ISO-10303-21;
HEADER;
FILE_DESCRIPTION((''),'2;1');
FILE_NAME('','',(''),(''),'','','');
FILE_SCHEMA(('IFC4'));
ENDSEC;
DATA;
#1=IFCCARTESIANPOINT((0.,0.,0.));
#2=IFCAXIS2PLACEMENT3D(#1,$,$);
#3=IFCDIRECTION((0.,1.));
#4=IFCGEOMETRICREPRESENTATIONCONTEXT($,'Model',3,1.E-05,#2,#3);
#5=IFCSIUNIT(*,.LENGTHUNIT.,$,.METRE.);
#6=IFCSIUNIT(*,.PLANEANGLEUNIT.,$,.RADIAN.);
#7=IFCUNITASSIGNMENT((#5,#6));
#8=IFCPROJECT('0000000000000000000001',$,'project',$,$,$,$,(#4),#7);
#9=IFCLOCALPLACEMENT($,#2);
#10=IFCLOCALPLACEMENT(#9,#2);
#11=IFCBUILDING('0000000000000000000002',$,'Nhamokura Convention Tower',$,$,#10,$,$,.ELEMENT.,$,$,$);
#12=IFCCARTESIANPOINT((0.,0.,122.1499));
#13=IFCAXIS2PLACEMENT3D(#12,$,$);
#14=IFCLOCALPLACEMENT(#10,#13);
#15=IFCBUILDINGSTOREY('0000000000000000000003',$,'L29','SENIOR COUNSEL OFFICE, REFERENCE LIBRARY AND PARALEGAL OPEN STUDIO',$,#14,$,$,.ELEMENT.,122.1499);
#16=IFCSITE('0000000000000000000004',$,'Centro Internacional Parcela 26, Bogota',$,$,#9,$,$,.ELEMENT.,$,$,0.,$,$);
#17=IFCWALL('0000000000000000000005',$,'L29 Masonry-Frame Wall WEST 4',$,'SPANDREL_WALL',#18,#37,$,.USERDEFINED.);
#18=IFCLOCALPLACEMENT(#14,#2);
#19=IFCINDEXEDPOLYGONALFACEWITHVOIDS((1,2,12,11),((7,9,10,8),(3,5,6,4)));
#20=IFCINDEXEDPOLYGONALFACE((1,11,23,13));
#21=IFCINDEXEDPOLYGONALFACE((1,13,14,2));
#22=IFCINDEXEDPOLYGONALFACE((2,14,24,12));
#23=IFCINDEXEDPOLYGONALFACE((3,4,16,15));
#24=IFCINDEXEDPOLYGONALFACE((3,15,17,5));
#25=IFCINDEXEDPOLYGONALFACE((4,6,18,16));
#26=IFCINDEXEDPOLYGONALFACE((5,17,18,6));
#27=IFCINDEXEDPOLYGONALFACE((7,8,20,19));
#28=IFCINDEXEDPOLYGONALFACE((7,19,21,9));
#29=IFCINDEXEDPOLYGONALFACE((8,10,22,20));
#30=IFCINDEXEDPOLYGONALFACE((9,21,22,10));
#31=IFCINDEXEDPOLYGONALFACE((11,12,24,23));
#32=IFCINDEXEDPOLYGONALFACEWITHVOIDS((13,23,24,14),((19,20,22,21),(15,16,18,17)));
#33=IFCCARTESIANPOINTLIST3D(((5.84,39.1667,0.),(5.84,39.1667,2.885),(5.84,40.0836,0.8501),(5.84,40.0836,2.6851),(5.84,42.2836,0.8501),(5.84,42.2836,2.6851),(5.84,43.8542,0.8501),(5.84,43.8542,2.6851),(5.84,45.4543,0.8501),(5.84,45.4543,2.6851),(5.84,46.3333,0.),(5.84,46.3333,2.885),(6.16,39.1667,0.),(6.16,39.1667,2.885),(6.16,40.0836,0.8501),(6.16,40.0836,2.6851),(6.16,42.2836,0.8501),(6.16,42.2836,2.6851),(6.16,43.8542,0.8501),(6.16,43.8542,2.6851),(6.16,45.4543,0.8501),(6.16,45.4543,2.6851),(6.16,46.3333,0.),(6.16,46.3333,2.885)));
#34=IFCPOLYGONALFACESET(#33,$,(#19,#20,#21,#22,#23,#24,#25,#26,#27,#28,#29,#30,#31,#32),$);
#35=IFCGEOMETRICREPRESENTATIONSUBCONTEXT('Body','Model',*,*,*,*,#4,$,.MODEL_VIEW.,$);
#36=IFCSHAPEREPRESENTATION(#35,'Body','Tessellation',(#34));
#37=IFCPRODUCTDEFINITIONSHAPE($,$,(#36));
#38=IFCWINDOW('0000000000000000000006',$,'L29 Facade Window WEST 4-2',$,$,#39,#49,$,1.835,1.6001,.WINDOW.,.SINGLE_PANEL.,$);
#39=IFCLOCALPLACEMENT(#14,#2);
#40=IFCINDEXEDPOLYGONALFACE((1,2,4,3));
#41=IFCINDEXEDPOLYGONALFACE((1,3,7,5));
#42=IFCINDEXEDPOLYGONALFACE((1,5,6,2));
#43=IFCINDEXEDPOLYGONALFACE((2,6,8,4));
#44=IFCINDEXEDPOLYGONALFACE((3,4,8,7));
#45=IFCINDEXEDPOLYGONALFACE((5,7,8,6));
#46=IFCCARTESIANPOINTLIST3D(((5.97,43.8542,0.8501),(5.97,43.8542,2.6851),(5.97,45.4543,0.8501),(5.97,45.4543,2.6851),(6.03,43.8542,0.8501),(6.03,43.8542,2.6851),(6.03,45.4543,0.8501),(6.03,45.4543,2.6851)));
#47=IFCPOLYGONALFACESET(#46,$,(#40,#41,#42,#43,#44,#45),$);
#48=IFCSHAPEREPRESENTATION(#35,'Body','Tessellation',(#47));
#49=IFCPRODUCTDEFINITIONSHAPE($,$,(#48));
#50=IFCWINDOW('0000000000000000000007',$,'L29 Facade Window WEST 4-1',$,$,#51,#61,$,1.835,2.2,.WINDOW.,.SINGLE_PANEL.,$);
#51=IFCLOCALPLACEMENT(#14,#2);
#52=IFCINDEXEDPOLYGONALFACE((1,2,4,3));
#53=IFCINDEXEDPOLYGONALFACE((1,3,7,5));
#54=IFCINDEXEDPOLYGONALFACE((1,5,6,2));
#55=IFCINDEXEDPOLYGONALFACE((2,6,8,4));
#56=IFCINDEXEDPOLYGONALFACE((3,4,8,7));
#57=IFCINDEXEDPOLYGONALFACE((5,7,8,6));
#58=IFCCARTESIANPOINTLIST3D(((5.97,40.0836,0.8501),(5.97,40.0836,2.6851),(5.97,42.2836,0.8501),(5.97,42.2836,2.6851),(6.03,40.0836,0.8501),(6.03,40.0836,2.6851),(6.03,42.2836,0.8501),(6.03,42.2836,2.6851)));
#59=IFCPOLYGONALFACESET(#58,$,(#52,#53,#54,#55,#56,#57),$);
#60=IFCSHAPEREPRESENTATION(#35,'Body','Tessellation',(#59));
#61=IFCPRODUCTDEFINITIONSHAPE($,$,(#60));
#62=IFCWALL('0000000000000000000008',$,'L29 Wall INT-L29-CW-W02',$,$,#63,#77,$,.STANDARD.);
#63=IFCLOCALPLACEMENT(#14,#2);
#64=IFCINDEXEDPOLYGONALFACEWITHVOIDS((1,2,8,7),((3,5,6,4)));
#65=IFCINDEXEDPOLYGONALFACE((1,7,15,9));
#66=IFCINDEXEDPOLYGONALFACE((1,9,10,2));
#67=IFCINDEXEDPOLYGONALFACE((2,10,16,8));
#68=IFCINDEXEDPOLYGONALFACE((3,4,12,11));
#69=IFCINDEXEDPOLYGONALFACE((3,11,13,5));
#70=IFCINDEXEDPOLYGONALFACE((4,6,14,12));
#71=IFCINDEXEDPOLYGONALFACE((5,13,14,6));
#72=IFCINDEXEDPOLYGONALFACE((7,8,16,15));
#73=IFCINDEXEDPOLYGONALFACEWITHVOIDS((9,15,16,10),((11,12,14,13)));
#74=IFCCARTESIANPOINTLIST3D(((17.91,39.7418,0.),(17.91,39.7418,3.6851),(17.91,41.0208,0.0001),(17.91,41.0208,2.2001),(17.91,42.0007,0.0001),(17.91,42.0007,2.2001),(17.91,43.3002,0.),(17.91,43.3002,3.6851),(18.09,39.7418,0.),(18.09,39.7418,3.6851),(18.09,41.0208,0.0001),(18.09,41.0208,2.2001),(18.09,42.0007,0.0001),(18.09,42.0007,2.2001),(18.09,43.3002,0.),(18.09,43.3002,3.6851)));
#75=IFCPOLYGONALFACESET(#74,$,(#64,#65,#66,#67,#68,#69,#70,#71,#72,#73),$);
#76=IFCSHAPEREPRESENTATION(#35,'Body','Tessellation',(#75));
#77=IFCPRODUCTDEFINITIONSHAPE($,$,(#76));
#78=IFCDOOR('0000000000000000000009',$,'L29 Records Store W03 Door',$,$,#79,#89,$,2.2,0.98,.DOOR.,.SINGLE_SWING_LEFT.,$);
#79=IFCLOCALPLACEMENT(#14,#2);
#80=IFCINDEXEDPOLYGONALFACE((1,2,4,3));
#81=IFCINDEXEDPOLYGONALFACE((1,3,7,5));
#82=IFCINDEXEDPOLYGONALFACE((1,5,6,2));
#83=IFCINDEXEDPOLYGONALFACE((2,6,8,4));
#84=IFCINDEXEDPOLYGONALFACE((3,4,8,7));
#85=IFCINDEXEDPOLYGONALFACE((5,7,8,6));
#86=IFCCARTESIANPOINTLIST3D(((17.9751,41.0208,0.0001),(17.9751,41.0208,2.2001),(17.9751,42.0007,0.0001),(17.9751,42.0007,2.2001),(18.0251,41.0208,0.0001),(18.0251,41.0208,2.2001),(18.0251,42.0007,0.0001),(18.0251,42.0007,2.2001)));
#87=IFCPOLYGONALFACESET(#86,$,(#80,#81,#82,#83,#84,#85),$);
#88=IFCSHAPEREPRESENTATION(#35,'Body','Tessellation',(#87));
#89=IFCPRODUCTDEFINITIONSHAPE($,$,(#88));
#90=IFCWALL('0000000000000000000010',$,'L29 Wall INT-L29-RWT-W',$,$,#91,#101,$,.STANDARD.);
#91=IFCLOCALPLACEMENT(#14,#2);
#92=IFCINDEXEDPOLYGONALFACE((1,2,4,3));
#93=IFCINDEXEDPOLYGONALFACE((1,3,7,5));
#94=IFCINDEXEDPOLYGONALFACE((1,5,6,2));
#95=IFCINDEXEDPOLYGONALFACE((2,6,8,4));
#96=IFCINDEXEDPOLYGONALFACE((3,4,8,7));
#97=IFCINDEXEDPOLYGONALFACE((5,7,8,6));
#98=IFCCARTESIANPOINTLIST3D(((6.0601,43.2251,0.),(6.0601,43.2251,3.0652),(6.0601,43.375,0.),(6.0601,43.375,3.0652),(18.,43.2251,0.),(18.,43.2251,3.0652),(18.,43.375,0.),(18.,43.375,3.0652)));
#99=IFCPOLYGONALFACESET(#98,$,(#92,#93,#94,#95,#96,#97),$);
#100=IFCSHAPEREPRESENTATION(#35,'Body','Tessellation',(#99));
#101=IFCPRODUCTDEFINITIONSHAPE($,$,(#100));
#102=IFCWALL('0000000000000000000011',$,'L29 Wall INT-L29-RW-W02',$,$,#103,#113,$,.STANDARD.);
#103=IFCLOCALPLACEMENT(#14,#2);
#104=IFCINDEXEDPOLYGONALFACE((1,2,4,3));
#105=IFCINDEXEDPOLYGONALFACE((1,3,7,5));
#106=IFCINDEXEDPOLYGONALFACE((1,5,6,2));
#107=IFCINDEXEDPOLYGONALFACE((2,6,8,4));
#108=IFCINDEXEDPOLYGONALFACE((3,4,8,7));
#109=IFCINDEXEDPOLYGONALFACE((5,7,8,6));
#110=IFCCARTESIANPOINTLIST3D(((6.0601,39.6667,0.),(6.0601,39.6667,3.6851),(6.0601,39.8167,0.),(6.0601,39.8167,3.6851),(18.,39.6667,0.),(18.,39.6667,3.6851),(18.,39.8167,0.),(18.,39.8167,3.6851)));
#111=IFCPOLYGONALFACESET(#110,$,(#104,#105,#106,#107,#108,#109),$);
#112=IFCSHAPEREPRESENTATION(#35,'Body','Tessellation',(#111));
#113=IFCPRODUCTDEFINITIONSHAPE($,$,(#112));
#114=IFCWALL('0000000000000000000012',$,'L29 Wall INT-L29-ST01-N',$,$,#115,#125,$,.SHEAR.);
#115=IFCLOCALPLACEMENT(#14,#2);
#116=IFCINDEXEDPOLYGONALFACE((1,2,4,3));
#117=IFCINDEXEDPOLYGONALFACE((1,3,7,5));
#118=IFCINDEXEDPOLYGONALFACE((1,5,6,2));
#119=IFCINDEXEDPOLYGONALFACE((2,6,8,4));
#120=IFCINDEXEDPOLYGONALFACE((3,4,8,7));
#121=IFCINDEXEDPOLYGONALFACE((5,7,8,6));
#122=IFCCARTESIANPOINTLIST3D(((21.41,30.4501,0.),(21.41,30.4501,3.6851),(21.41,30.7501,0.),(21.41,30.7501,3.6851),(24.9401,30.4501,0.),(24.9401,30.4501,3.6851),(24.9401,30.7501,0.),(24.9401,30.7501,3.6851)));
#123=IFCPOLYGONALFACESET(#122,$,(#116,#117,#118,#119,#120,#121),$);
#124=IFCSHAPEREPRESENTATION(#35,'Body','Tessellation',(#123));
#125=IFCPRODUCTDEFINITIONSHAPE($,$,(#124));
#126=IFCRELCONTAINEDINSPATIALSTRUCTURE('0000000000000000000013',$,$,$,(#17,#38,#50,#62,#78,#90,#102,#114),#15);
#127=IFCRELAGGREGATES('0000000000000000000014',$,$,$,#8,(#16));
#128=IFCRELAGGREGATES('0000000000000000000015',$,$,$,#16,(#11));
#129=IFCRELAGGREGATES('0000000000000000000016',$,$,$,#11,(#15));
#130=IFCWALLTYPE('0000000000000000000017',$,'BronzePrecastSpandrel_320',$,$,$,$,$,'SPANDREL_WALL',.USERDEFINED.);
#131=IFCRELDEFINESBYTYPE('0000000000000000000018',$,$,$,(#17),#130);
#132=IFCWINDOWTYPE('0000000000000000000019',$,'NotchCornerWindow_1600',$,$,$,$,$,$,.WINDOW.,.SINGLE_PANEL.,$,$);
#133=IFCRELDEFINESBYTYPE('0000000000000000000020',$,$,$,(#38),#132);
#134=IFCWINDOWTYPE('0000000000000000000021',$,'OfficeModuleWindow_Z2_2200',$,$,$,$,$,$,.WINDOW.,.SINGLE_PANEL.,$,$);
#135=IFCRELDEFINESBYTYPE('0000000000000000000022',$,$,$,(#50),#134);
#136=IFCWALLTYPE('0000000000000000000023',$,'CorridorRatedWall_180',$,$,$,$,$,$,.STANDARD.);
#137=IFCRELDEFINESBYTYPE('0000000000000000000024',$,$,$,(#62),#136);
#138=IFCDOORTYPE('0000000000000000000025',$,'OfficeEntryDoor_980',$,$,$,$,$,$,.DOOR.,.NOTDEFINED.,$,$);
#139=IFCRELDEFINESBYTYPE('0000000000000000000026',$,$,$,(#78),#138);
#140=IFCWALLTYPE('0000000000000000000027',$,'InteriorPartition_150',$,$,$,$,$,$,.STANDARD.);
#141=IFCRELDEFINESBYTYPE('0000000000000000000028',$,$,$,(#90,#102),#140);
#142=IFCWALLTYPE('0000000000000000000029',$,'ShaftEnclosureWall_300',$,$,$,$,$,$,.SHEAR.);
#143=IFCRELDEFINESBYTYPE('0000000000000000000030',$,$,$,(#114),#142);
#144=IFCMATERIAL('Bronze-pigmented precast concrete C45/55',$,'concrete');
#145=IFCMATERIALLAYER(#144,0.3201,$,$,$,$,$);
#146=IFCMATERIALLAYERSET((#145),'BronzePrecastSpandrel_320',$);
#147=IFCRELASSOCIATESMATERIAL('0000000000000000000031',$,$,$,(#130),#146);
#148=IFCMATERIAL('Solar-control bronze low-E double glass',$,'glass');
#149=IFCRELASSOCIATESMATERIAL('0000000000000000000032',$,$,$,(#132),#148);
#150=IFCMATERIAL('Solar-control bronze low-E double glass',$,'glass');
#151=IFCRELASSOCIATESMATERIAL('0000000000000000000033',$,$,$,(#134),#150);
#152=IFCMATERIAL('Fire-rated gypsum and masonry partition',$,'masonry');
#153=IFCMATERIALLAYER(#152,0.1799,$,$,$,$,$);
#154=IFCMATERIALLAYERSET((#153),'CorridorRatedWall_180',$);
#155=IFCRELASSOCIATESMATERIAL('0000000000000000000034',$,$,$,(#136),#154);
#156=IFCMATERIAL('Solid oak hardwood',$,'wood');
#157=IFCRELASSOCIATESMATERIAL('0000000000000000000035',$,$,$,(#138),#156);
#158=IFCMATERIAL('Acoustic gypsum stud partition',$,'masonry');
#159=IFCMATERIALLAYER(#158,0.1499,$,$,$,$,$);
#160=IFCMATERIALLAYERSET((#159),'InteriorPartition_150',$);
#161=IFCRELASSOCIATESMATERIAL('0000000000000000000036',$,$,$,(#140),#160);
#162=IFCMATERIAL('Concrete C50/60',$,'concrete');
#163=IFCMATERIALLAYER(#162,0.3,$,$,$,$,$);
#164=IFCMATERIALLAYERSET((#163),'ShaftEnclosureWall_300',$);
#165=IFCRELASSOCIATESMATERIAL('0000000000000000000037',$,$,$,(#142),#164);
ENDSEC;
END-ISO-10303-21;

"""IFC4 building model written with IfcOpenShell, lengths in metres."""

from ifc_helpers import new_model, si_unit, direction, frame, frame_2d, origin, place, context, subcontext, project, spatial, rectangle, extrude, material, layer, layer_set, type_object, element, fill, save


model = new_model("IFC4")

# Units and contexts
model_context = context("Model", 3, precision=1e-05, world=origin(), true_north=direction((0.0, 1.0)))
body_context = subcontext(model_context, "Body", "Model", "MODEL_VIEW")
ifc_project = project(units=[si_unit("LENGTHUNIT", "METRE"), si_unit("PLANEANGLEUNIT", "RADIAN")], contexts=[model_context])

# Site, building, storey
site_placement = place(None, origin())
site = spatial("IfcSite", under=ifc_project, at=site_placement, Name="Centro Internacional Parcela 26, Bogota", CompositionType="ELEMENT", RefElevation=0.0)
building_placement = place(site_placement, origin())
building = spatial("IfcBuilding", under=site, at=building_placement, Name="Nhamokura Convention Tower", CompositionType="ELEMENT")
storey_placement = place(building_placement, frame((0.0, 0.0, 122.1499)))
storey = spatial("IfcBuildingStorey", under=building, at=storey_placement, Name="L29", Description="SENIOR COUNSEL OFFICE, REFERENCE LIBRARY AND PARALEGAL OPEN STUDIO", CompositionType="ELEMENT", Elevation=122.1499)

# Shared definitions
ifc_material_1 = material(Name="Bronze-pigmented precast concrete C45/55", Category="concrete")
ifc_layer_1 = layer(ifc_material_1, 0.3201)
ifc_layer_set_1 = layer_set([ifc_layer_1], Name="BronzePrecastSpandrel_320")
wall_type_1 = type_object("IfcWallType", Name="BronzePrecastSpandrel_320", ElementType="SPANDREL_WALL", PredefinedType="USERDEFINED", material=ifc_layer_set_1)

# Wall, openings, windows
wall_1_placement = place(storey_placement, frame((6.0, 39.1667, 0.0), z_axis=(0.0, 0.0, 1.0), x_axis=(0.0, 1.0, 0.0)))
wall_1 = element("IfcWall", 1, at=wall_1_placement, inside=storey, type_object=wall_type_1, Name="L29 Masonry-Frame Wall WEST 4", ObjectType="SPANDREL_WALL", PredefinedType="USERDEFINED", context=body_context, shape_type="SweptSolid", body=[
    extrude(rectangle(XDim=7.1665, YDim=0.3201, at=frame_2d((3.5833, 0.0))), origin(), (0.0, 0.0, 1.0), 2.885),
])
opening_1_placement = place(wall_1_placement, frame((0.9167, 0.0, 0.8501)))
opening_1 = element("IfcOpeningElement", 2, at=opening_1_placement, cuts=wall_1, PredefinedType="OPENING", context=body_context, shape_type="SweptSolid", body=[
    extrude(rectangle(XDim=2.2, YDim=1.835, at=frame_2d((1.1001, 0.9175))), frame((0.0, 0.1699, 0.0), z_axis=(0.0, -1.0, 0.0), x_axis=(1.0, 0.0, 0.0)), (0.0, 0.0, 1.0), 0.3401),
])
opening_2_placement = place(wall_1_placement, frame((4.6875, 0.0, 0.8501)))
opening_2 = element("IfcOpeningElement", 3, at=opening_2_placement, cuts=wall_1, PredefinedType="OPENING", context=body_context, shape_type="SweptSolid", body=[
    extrude(rectangle(XDim=1.6001, YDim=1.835, at=frame_2d((0.8, 0.9175))), frame((0.0, 0.1699, 0.0), z_axis=(0.0, -1.0, 0.0), x_axis=(1.0, 0.0, 0.0)), (0.0, 0.0, 1.0), 0.3401),
])
ifc_material_2 = material(Name="Solar-control bronze low-E double glass", Category="glass")
window_type_1 = type_object("IfcWindowType", Name="NotchCornerWindow_1600", PartitioningType="SINGLE_PANEL", PredefinedType="WINDOW", material=ifc_material_2)
window_1_placement = place(opening_2_placement, origin())
window_1 = element("IfcWindow", 4, at=window_1_placement, inside=storey, type_object=window_type_1, Name="L29 Facade Window WEST 4-2", OverallHeight=1.835, OverallWidth=1.6001, PartitioningType="SINGLE_PANEL", PredefinedType="WINDOW", context=body_context, shape_type="SweptSolid", body=[
    extrude(rectangle(XDim=1.6001, YDim=1.835, at=frame_2d((0.8, 0.9175))), frame((0.0, 0.03, 0.0), z_axis=(0.0, -1.0, 0.0), x_axis=(1.0, 0.0, 0.0)), (0.0, 0.0, 1.0), 0.0601),
])
fill(opening_2, window_1)
ifc_material_3 = material(Name="Solar-control bronze low-E double glass", Category="glass")
window_type_2 = type_object("IfcWindowType", Name="OfficeModuleWindow_Z2_2200", PartitioningType="SINGLE_PANEL", PredefinedType="WINDOW", material=ifc_material_3)
window_2_placement = place(opening_1_placement, origin())
window_2 = element("IfcWindow", 5, at=window_2_placement, inside=storey, type_object=window_type_2, Name="L29 Facade Window WEST 4-1", OverallHeight=1.835, OverallWidth=2.2, PartitioningType="SINGLE_PANEL", PredefinedType="WINDOW", context=body_context, shape_type="SweptSolid", body=[
    extrude(rectangle(XDim=2.2, YDim=1.835, at=frame_2d((1.1001, 0.9175))), frame((0.0, 0.03, 0.0), z_axis=(0.0, -1.0, 0.0), x_axis=(1.0, 0.0, 0.0)), (0.0, 0.0, 1.0), 0.0601),
])
fill(opening_1, window_2)

# Wall, opening, door
ifc_material_4 = material(Name="Fire-rated gypsum and masonry partition", Category="masonry")
ifc_layer_2 = layer(ifc_material_4, 0.1799)
ifc_layer_set_2 = layer_set([ifc_layer_2], Name="CorridorRatedWall_180")
wall_type_2 = type_object("IfcWallType", Name="CorridorRatedWall_180", PredefinedType="STANDARD", material=ifc_layer_set_2)
wall_2_placement = place(storey_placement, frame((18.0, 39.7417, 0.0), z_axis=(0.0, 0.0, 1.0), x_axis=(0.0, 1.0, 0.0)))
wall_2 = element("IfcWall", 6, at=wall_2_placement, inside=storey, type_object=wall_type_2, Name="L29 Wall INT-L29-CW-W02", PredefinedType="STANDARD", context=body_context, shape_type="SweptSolid", body=[
    extrude(rectangle(XDim=3.5583, YDim=0.1799, at=frame_2d((1.7793, 0.0))), origin(), (0.0, 0.0, 1.0), 3.6851),
])
opening_3_placement = place(wall_2_placement, frame((1.2791, 0.0, 0.0)))
opening_3 = element("IfcOpeningElement", 7, at=opening_3_placement, cuts=wall_2, PredefinedType="OPENING", context=body_context, shape_type="SweptSolid", body=[
    extrude(rectangle(XDim=0.98, YDim=2.2, at=frame_2d((0.49, 1.1001))), frame((0.0, 0.0999, 0.0), z_axis=(0.0, -1.0, 0.0), x_axis=(1.0, 0.0, 0.0)), (0.0, 0.0, 1.0), 0.2),
])
ifc_material_5 = material(Name="Solid oak hardwood", Category="wood")
door_type_1 = type_object("IfcDoorType", Name="OfficeEntryDoor_980", OperationType="NOTDEFINED", PredefinedType="DOOR", material=ifc_material_5)
door_1_placement = place(opening_3_placement, origin())
door_1 = element("IfcDoor", 8, at=door_1_placement, inside=storey, type_object=door_type_1, Name="L29 Records Store W03 Door", OperationType="SINGLE_SWING_LEFT", OverallHeight=2.2, OverallWidth=0.98, PredefinedType="DOOR", context=body_context, shape_type="SweptSolid", body=[
    extrude(rectangle(XDim=0.98, YDim=2.2, at=frame_2d((0.49, 1.1001))), frame((0.0, 0.0249, 0.0), z_axis=(0.0, -1.0, 0.0), x_axis=(1.0, 0.0, 0.0)), (0.0, 0.0, 1.0), 0.05),
])
fill(opening_3, door_1)

# Walls
ifc_material_6 = material(Name="Acoustic gypsum stud partition", Category="masonry")
ifc_layer_3 = layer(ifc_material_6, 0.1499)
ifc_layer_set_3 = layer_set([ifc_layer_3], Name="InteriorPartition_150")
wall_type_3 = type_object("IfcWallType", Name="InteriorPartition_150", PredefinedType="STANDARD", material=ifc_layer_set_3)
wall_3_placement = place(storey_placement, frame((6.0601, 43.3, 0.0), z_axis=(0.0, 0.0, 1.0), x_axis=(1.0, 0.0, 0.0)))
element("IfcWall", 9, at=wall_3_placement, inside=storey, type_object=wall_type_3, Name="L29 Wall INT-L29-RWT-W", PredefinedType="STANDARD", context=body_context, shape_type="SweptSolid", body=[
    extrude(rectangle(XDim=11.9399, YDim=0.1499, at=frame_2d((5.97, 0.0))), origin(), (0.0, 0.0, 1.0), 3.0652),
])
wall_4_placement = place(storey_placement, frame((6.0601, 39.7417, 0.0), z_axis=(0.0, 0.0, 1.0), x_axis=(1.0, 0.0, 0.0)))
element("IfcWall", 10, at=wall_4_placement, inside=storey, type_object=wall_type_3, Name="L29 Wall INT-L29-RW-W02", PredefinedType="STANDARD", context=body_context, shape_type="SweptSolid", body=[
    extrude(rectangle(XDim=11.9399, YDim=0.1499, at=frame_2d((5.97, 0.0))), origin(), (0.0, 0.0, 1.0), 3.6851),
])
ifc_material_7 = material(Name="Concrete C50/60", Category="concrete")
ifc_layer_4 = layer(ifc_material_7, 0.3)
ifc_layer_set_4 = layer_set([ifc_layer_4], Name="ShaftEnclosureWall_300")
wall_type_4 = type_object("IfcWallType", Name="ShaftEnclosureWall_300", PredefinedType="SHEAR", material=ifc_layer_set_4)
wall_5_placement = place(storey_placement, frame((21.4099, 30.6001, 0.0), z_axis=(0.0, 0.0, 1.0), x_axis=(1.0, 0.0, 0.0)))
element("IfcWall", 11, at=wall_5_placement, inside=storey, type_object=wall_type_4, Name="L29 Wall INT-L29-ST01-N", PredefinedType="SHEAR", context=body_context, shape_type="SweptSolid", body=[
    extrude(rectangle(XDim=3.53, YDim=0.3, at=frame_2d((1.7651, 0.0))), origin(), (0.0, 0.0, 1.0), 3.6851),
])

save(model, "model.ifc")
